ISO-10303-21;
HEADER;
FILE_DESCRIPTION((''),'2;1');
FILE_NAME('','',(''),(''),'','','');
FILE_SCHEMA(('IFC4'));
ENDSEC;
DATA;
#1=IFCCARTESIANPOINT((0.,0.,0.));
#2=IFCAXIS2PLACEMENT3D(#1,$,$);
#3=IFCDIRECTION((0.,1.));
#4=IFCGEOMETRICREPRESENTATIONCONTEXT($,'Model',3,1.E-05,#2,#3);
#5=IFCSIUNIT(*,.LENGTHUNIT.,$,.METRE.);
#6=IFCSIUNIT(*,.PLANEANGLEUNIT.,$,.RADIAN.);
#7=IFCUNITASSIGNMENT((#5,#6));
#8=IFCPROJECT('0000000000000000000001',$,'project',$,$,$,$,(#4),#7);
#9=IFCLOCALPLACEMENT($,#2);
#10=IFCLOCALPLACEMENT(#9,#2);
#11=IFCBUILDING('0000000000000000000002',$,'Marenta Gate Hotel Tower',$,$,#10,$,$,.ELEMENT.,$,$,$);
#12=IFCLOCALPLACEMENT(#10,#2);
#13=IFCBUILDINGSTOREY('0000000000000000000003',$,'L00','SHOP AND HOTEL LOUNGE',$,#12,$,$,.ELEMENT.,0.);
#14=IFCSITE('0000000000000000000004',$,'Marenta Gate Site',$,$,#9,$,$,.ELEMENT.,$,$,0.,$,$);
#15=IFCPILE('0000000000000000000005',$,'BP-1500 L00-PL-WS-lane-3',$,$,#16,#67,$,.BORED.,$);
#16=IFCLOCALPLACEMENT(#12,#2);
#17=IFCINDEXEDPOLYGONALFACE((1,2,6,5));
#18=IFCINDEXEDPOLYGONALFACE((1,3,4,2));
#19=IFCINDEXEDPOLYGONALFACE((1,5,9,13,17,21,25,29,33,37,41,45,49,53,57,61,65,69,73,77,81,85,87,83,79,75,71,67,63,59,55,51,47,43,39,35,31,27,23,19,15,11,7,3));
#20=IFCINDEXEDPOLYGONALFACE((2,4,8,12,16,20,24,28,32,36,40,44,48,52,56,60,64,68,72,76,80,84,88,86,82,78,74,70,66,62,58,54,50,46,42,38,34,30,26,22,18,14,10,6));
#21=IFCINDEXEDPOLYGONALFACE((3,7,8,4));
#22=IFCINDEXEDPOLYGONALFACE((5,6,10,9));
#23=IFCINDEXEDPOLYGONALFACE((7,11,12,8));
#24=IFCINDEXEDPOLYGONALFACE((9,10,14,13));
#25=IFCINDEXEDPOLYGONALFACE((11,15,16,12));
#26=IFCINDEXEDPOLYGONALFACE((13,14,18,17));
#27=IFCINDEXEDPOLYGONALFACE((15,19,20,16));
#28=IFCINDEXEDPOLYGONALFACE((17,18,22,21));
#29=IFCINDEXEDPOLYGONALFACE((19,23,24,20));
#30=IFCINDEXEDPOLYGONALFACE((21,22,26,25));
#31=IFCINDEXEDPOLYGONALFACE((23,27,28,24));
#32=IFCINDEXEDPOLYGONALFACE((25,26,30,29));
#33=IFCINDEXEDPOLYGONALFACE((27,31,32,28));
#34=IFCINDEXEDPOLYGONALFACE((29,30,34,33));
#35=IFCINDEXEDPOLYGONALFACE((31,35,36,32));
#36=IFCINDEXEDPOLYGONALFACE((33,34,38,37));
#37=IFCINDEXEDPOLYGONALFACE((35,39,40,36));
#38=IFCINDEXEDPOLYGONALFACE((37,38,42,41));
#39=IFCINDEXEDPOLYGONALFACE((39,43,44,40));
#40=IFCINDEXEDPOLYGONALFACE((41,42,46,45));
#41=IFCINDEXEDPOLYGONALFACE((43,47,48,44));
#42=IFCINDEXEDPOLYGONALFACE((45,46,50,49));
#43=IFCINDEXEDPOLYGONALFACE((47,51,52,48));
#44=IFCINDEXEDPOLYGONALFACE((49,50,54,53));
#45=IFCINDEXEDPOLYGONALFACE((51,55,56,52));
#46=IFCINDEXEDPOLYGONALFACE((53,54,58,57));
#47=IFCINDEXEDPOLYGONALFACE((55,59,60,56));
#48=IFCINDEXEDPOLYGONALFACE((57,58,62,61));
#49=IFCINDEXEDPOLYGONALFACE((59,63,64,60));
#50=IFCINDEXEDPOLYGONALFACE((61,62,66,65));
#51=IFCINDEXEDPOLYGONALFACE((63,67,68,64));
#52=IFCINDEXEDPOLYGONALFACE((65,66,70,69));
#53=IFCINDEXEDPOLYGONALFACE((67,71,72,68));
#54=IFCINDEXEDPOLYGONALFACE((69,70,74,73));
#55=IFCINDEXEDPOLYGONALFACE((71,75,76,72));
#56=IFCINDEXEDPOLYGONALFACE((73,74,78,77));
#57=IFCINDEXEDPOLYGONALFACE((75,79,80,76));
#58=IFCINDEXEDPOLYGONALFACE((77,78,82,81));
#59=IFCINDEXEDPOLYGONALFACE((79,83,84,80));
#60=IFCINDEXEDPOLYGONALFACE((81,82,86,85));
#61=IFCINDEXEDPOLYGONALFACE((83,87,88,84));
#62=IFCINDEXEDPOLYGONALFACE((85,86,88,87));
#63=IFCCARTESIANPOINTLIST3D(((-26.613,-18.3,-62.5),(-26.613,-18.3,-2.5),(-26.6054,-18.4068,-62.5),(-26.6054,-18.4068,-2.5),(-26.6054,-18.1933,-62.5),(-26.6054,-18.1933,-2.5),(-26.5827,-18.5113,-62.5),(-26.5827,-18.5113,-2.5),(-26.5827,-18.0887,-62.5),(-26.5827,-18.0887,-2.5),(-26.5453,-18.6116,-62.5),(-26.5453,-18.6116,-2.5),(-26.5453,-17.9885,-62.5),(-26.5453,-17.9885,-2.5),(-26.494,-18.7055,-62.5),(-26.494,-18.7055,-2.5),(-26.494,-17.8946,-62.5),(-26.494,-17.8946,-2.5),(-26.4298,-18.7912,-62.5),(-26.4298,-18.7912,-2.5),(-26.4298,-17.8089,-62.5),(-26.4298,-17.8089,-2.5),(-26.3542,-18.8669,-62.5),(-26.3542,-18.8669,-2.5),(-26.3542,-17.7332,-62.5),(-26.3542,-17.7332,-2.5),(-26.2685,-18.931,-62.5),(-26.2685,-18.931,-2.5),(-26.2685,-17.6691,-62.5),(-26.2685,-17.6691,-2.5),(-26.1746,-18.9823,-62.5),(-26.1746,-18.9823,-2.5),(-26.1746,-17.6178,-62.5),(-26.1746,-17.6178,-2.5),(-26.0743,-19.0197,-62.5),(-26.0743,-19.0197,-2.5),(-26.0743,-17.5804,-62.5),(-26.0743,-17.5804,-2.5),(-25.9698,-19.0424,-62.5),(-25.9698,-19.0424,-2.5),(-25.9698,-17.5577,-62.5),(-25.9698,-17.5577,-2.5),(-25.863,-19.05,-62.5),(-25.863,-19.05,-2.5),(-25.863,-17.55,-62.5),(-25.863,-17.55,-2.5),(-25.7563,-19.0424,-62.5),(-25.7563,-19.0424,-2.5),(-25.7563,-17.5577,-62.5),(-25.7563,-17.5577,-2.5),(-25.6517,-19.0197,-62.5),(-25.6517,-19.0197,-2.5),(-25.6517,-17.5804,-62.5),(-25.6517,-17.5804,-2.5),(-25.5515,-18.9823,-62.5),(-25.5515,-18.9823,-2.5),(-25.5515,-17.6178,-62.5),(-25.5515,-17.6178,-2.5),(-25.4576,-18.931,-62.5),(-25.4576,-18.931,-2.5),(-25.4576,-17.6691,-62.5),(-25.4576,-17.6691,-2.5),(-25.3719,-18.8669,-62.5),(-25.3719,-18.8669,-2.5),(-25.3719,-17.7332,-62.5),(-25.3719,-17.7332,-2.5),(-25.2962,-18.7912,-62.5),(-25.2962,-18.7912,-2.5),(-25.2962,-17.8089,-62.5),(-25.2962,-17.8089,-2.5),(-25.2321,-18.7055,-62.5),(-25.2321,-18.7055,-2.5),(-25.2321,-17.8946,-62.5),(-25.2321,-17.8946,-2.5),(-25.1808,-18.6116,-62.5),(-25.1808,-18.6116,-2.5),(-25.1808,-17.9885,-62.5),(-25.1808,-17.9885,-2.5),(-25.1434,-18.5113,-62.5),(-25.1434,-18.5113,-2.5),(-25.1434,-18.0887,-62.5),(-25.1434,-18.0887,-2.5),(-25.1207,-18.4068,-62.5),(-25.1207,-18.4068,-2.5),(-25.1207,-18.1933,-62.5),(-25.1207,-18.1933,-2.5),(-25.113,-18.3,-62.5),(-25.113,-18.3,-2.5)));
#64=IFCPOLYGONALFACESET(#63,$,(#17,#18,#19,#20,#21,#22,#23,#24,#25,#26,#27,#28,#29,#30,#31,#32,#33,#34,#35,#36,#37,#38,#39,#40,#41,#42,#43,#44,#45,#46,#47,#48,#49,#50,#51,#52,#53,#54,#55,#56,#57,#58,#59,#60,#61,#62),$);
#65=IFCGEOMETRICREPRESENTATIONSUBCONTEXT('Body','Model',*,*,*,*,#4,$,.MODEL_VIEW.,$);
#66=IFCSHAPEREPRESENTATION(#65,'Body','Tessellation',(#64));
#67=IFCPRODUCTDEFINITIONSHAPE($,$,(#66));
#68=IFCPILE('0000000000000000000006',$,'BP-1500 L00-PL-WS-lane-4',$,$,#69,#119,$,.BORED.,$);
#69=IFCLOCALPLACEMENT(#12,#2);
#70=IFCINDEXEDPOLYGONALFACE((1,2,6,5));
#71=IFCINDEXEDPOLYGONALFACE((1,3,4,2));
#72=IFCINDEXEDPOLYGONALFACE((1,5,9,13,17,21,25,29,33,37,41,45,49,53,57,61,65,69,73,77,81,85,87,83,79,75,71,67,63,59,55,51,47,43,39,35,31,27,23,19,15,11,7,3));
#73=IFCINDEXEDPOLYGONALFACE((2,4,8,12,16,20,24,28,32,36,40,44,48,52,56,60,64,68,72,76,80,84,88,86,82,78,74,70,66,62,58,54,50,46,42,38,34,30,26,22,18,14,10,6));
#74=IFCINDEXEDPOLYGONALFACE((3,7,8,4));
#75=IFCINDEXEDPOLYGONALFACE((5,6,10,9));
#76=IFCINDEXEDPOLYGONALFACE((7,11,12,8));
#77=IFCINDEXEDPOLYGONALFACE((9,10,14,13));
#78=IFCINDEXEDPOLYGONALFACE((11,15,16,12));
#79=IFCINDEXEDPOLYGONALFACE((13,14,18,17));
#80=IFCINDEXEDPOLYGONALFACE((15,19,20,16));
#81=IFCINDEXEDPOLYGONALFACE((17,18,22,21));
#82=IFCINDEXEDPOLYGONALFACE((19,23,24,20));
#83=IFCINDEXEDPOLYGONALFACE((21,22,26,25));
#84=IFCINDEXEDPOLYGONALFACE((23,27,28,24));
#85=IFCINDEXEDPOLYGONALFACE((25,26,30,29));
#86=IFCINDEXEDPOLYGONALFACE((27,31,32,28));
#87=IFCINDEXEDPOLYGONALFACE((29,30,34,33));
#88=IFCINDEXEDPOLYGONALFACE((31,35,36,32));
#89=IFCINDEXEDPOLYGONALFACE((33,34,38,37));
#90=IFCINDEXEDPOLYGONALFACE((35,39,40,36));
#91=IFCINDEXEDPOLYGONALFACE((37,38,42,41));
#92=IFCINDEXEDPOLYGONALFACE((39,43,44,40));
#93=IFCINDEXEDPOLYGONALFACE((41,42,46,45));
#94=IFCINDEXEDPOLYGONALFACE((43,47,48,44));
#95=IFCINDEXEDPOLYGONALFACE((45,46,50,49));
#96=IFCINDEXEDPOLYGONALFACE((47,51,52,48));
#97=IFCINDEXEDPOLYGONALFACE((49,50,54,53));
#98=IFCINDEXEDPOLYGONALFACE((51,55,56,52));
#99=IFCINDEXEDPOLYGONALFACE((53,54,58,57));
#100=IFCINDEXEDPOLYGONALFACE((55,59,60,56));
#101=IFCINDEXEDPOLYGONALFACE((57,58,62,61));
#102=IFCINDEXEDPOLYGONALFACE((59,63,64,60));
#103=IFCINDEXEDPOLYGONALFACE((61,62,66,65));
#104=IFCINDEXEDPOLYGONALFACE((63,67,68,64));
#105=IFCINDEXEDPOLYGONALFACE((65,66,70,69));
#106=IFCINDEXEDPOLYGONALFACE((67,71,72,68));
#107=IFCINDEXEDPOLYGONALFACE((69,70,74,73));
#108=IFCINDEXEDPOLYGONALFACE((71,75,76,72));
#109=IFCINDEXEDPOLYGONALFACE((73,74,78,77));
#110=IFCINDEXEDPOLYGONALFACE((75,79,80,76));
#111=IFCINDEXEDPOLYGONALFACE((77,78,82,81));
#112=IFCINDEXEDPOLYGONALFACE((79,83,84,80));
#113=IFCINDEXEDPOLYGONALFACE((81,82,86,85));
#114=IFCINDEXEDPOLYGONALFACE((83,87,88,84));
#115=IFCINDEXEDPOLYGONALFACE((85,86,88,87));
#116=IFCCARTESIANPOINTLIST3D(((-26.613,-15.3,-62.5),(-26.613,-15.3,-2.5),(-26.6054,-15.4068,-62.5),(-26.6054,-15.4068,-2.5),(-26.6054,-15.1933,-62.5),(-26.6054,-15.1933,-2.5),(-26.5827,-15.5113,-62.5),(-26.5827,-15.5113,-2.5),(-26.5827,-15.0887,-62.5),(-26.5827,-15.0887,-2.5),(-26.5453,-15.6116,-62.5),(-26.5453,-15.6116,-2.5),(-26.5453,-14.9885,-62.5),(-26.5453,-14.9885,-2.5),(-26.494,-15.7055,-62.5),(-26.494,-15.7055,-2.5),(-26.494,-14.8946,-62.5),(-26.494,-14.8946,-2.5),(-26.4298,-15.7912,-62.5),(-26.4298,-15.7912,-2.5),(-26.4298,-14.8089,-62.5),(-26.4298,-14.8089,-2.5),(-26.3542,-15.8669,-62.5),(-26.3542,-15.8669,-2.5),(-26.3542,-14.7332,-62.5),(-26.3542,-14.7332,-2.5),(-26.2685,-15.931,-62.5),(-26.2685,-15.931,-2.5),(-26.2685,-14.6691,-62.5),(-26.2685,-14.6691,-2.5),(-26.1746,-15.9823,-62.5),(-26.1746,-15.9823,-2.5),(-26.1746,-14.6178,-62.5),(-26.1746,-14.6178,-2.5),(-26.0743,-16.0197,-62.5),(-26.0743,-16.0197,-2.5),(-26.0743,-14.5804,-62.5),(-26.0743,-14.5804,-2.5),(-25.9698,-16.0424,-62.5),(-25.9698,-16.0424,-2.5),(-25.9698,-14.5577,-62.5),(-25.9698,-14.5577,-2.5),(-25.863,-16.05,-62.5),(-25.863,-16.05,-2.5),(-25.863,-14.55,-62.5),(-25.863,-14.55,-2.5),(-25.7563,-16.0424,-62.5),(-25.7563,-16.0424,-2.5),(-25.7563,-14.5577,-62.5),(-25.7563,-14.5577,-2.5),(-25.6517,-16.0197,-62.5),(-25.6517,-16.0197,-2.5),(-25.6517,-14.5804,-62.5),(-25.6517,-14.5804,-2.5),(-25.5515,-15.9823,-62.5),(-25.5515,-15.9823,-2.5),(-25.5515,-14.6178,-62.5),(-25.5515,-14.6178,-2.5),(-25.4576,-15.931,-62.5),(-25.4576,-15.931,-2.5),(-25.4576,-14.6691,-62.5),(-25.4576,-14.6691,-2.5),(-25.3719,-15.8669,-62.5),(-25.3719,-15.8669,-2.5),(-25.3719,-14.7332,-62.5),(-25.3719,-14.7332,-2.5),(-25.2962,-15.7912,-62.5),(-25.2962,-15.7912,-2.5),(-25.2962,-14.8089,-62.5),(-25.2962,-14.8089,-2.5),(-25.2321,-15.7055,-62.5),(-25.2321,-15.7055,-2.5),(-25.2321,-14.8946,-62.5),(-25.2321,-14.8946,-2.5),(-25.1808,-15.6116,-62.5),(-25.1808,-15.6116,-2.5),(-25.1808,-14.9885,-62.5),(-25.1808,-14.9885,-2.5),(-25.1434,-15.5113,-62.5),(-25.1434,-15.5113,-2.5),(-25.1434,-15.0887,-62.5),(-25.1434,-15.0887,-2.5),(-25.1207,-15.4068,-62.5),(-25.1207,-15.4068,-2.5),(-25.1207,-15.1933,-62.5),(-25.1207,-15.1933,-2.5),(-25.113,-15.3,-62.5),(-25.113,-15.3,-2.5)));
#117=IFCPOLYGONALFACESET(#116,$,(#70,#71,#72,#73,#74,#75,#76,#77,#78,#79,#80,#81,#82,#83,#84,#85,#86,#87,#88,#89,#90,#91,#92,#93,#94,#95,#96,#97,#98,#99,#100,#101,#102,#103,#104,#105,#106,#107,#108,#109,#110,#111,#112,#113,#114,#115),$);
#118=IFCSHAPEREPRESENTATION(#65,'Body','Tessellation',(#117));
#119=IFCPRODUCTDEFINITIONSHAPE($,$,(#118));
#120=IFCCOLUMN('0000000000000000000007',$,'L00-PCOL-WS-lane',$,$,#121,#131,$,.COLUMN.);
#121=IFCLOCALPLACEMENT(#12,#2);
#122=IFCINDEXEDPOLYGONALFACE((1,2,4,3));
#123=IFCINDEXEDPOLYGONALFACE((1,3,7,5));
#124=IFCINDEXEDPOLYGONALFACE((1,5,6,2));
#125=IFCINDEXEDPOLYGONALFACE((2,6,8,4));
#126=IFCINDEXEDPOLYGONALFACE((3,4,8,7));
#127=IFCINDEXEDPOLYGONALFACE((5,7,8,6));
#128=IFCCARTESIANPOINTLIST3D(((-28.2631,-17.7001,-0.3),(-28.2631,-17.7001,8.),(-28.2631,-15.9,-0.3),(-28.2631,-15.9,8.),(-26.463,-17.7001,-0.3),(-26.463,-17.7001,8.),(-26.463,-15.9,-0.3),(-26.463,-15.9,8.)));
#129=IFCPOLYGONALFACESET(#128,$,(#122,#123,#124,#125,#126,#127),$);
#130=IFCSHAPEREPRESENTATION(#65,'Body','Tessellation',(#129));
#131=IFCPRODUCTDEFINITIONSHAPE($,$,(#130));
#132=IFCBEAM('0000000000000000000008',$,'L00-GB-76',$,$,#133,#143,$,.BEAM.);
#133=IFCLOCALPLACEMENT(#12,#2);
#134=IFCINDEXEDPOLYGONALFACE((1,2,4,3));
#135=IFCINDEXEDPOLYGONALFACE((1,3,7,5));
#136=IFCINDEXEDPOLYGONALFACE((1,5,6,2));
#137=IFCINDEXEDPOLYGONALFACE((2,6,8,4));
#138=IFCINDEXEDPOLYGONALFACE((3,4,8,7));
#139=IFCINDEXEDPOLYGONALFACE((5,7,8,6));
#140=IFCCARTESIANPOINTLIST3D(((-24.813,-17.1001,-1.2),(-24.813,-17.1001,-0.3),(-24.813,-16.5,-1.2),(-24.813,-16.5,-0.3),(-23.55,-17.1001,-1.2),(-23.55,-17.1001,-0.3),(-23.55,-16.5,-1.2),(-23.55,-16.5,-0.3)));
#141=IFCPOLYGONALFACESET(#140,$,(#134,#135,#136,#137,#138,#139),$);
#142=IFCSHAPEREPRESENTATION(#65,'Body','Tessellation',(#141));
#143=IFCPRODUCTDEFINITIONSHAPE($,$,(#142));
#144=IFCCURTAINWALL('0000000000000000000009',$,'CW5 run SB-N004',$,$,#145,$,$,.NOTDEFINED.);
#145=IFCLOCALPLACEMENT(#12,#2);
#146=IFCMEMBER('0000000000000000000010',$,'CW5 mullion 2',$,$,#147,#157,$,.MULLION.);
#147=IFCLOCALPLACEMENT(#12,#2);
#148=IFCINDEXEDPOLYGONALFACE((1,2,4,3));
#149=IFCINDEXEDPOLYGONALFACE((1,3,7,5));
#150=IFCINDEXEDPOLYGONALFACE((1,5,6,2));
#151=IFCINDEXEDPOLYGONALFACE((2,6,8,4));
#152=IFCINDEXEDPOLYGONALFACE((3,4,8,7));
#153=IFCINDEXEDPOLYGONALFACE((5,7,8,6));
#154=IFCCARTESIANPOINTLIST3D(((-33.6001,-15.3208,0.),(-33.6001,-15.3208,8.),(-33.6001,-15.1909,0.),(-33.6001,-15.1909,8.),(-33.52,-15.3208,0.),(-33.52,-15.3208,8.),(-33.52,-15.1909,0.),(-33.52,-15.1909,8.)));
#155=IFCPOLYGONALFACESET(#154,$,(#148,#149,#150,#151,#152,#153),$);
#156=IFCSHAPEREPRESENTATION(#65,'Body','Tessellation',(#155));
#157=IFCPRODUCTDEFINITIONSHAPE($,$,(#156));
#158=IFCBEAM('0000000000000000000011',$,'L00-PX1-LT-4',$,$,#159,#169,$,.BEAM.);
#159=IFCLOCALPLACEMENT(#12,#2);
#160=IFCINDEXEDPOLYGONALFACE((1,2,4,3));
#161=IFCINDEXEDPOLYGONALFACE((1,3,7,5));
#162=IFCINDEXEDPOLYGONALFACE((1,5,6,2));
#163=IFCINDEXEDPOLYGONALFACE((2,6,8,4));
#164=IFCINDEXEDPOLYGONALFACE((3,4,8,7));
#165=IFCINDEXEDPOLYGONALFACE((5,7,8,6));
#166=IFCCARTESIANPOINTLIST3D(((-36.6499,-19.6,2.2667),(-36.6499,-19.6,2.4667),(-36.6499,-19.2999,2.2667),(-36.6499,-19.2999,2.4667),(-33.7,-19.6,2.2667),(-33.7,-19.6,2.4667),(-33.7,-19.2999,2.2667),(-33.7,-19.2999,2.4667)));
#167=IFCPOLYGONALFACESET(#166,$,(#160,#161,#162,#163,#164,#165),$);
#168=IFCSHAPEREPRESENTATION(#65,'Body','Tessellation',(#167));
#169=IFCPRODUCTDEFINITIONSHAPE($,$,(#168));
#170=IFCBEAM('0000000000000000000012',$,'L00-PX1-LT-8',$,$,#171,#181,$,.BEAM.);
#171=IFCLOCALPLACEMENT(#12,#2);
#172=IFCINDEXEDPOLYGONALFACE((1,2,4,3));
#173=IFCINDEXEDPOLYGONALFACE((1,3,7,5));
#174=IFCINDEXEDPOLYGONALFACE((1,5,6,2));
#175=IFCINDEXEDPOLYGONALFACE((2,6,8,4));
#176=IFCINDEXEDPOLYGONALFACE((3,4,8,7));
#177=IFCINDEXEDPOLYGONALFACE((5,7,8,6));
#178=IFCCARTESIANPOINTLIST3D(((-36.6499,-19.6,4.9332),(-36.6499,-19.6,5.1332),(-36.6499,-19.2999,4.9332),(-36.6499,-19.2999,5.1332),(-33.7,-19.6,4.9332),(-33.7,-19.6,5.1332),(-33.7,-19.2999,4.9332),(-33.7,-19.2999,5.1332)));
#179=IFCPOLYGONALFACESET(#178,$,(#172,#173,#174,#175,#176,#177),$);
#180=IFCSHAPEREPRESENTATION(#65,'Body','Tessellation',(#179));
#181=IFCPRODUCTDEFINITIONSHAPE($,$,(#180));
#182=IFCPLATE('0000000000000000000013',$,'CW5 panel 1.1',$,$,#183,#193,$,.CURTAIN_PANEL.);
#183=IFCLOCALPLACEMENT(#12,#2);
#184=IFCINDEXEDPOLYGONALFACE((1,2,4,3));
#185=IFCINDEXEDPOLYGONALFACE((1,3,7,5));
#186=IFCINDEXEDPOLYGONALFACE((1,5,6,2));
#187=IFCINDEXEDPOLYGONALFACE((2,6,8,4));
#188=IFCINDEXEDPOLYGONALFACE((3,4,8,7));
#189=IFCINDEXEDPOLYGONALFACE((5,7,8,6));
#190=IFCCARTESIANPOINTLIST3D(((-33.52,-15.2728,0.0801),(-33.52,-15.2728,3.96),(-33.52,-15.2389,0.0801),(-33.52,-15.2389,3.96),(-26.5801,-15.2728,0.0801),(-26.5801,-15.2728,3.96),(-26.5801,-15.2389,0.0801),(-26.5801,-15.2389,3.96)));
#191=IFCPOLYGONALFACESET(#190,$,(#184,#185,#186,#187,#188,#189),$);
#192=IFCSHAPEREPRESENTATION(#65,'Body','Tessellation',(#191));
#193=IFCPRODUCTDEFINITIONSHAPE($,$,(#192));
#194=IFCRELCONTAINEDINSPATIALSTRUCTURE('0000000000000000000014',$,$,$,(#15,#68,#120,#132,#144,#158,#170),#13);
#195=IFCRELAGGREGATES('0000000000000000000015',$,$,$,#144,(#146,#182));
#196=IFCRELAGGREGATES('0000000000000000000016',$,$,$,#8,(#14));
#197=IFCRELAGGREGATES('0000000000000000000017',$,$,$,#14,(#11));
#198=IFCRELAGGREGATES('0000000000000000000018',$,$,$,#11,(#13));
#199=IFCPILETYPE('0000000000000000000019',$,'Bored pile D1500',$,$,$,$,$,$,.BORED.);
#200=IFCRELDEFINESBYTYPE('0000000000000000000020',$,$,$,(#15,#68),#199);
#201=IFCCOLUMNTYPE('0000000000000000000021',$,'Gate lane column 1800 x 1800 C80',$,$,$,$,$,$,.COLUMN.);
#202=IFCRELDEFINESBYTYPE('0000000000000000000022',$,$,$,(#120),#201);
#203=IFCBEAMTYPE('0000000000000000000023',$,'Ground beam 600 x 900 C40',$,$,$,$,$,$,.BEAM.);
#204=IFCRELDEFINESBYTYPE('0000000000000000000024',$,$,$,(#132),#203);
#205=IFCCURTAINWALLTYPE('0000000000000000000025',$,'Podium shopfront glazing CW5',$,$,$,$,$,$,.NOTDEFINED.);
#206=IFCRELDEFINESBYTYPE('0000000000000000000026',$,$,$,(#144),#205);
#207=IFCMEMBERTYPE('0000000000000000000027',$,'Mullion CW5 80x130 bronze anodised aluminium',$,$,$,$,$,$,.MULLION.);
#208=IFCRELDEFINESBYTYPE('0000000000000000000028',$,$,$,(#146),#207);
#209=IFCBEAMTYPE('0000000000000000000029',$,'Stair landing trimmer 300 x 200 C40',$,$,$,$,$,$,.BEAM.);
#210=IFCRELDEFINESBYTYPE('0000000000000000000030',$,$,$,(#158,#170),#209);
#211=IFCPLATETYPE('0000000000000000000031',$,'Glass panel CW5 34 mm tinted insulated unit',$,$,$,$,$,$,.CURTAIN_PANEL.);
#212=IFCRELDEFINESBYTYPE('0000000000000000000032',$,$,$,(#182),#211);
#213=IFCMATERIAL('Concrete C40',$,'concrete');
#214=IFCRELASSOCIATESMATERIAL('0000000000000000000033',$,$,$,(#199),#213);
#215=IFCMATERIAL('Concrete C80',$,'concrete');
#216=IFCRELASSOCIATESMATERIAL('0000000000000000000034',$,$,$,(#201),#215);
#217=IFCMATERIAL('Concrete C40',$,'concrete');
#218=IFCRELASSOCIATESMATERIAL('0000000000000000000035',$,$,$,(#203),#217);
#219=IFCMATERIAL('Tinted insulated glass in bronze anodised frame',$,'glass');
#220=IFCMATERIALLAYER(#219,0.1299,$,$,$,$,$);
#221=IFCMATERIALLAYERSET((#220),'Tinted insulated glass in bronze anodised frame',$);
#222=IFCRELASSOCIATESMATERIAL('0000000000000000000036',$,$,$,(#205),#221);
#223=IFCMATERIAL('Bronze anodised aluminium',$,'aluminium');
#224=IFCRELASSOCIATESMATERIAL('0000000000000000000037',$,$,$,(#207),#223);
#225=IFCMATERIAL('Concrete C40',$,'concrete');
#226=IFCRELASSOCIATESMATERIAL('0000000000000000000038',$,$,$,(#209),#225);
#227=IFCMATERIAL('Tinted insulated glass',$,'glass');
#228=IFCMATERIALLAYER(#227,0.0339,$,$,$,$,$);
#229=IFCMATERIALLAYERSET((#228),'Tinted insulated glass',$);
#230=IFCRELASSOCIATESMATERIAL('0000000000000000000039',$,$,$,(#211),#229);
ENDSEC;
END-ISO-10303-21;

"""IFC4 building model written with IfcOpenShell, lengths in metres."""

from ifc_helpers import new_model, si_unit, direction, frame, origin, origin_2d, place, context, subcontext, project, spatial, rectangle, circle, extrude, material, layer, layer_set, material_profile, profile_set, type_object, element, aggregate, save


model = new_model("IFC4")

# Units and contexts
model_context = context("Model", 3, precision=1e-05, world=origin(), true_north=direction((0.0, 1.0)))
body_context = subcontext(model_context, "Body", "Model", "MODEL_VIEW")
ifc_project = project(units=[si_unit("LENGTHUNIT", "METRE"), si_unit("PLANEANGLEUNIT", "RADIAN")], contexts=[model_context])

# Site, building, storey
site_placement = place(None, origin())
site = spatial("IfcSite", under=ifc_project, at=site_placement, Name="Marenta Gate Site", CompositionType="ELEMENT", RefElevation=0.0)
building_placement = place(site_placement, origin())
building = spatial("IfcBuilding", under=site, at=building_placement, Name="Marenta Gate Hotel Tower", CompositionType="ELEMENT")
storey_placement = place(building_placement, origin())
storey = spatial("IfcBuildingStorey", under=building, at=storey_placement, Name="L00", Description="SHOP AND HOTEL LOUNGE", CompositionType="ELEMENT", Elevation=0.0)

# Piles
ifc_material_1 = material(Name="Concrete C40", Category="concrete")
pile_type = type_object("IfcPileType", Name="Bored pile D1500", PredefinedType="BORED", material=ifc_material_1)
for number, where, z_axis, x_axis, name in (
    (1, (-25.863, -18.3, -2.5), (0.0, 0.0, -1.0), (1.0, 0.0, 0.0), "BP-1500 L00-PL-WS-lane-3"),
    (2, (-25.863, -15.3, -2.5), (0.0, 0.0, -1.0), (1.0, 0.0, 0.0), "BP-1500 L00-PL-WS-lane-4"),
):
    element("IfcPile", number, at=place(storey_placement, frame(where, z_axis=z_axis, x_axis=x_axis)), inside=storey, type_object=pile_type, Name=name, PredefinedType="BORED", context=body_context, shape_type="SweptSolid", body=[
        extrude(circle(Radius=0.75, at=origin_2d()), origin(), (0.0, 0.0, 1.0), 60.0),
    ])

# Column
ifc_material_2 = material(Name="Concrete C80", Category="concrete")
ifc_material_profile_1 = material_profile(ifc_material_2, rectangle(XDim=1.8, YDim=1.8, at=origin_2d()), Name="1800 x 1800")
ifc_profile_set_1 = profile_set([ifc_material_profile_1], Name="Concrete C80")
column_type = type_object("IfcColumnType", Name="Gate lane column 1800 x 1800 C80", PredefinedType="COLUMN", material=ifc_profile_set_1)
column_placement = place(storey_placement, frame((-27.363, -16.8, -0.3), z_axis=(0.0, 0.0, 1.0), x_axis=(1.0, 0.0, 0.0)))
element("IfcColumn", 3, at=column_placement, inside=storey, type_object=column_type, Name="L00-PCOL-WS-lane", PredefinedType="COLUMN", context=body_context, shape_type="SweptSolid", body=[
    extrude(rectangle(XDim=1.8, YDim=1.8, at=origin_2d()), origin(), (0.0, 0.0, 1.0), 8.3),
])

# Beam
ifc_material_3 = material(Name="Concrete C40", Category="concrete")
ifc_material_profile_2 = material_profile(ifc_material_3, rectangle(XDim=0.6001, YDim=0.8999, at=origin_2d()), Name="600 x 900")
ifc_profile_set_2 = profile_set([ifc_material_profile_2], Name="Concrete C40")
beam_type_1 = type_object("IfcBeamType", Name="Ground beam 600 x 900 C40", PredefinedType="BEAM", material=ifc_profile_set_2)
beam_placement = place(storey_placement, frame((-24.813, -16.8, -0.75), z_axis=(1.0, 0.0, 0.0), x_axis=(0.0, 1.0, 0.0)))
element("IfcBeam", 4, at=beam_placement, inside=storey, type_object=beam_type_1, Name="L00-GB-76", PredefinedType="BEAM", context=body_context, shape_type="SweptSolid", body=[
    extrude(rectangle(XDim=0.6001, YDim=0.8999, at=origin_2d()), origin(), (0.0, 0.0, 1.0), 1.2629),
])

# Curtain wall, member
ifc_material_4 = material(Name="Tinted insulated glass in bronze anodised frame", Category="glass")
ifc_layer_1 = layer(ifc_material_4, 0.1299)
ifc_layer_set_1 = layer_set([ifc_layer_1], Name="Tinted insulated glass in bronze anodised frame")
curtain_wall_type = type_object("IfcCurtainWallType", Name="Podium shopfront glazing CW5", PredefinedType="NOTDEFINED", material=ifc_layer_set_1)
curtain_wall_placement = place(storey_placement, origin())
curtain_wall = element("IfcCurtainWall", 5, at=curtain_wall_placement, inside=storey, type_object=curtain_wall_type, Name="CW5 run SB-N004", PredefinedType="NOTDEFINED")
ifc_material_5 = material(Name="Bronze anodised aluminium", Category="aluminium")
ifc_material_profile_3 = material_profile(ifc_material_5, rectangle(XDim=0.1299, YDim=0.0801, at=origin_2d()), Name="Mullion CW5 80x130 bronze anodised aluminium")
ifc_profile_set_3 = profile_set([ifc_material_profile_3], Name="Bronze anodised aluminium")
member_type = type_object("IfcMemberType", Name="Mullion CW5 80x130 bronze anodised aluminium", PredefinedType="MULLION", material=ifc_profile_set_3)
member_placement = place(storey_placement, frame((-33.5601, -15.2559, 0.0), z_axis=(0.0, 0.0, 1.0), x_axis=(0.0, -1.0, 0.0)))
member = element("IfcMember", 6, at=member_placement, type_object=member_type, Name="CW5 mullion 2", PredefinedType="MULLION", context=body_context, shape_type="SweptSolid", body=[
    extrude(rectangle(XDim=0.1299, YDim=0.0801, at=origin_2d()), origin(), (0.0, 0.0, 1.0), 8.0),
])

# Beams
ifc_material_6 = material(Name="Concrete C40", Category="concrete")
ifc_material_profile_4 = material_profile(ifc_material_6, rectangle(XDim=0.3, YDim=0.2, at=origin_2d()), Name="300 x 200")
ifc_profile_set_4 = profile_set([ifc_material_profile_4], Name="Concrete C40")
beam_type_2 = type_object("IfcBeamType", Name="Stair landing trimmer 300 x 200 C40", PredefinedType="BEAM", material=ifc_profile_set_4)
for number, where, z_axis, x_axis, name in (
    (7, (-36.6499, -19.45, 2.3667), (1.0, 0.0, 0.0), (0.0, 1.0, 0.0), "L00-PX1-LT-4"),
    (8, (-36.6499, -19.45, 5.0332), (1.0, 0.0, 0.0), (0.0, 1.0, 0.0), "L00-PX1-LT-8"),
):
    element("IfcBeam", number, at=place(storey_placement, frame(where, z_axis=z_axis, x_axis=x_axis)), inside=storey, type_object=beam_type_2, Name=name, PredefinedType="BEAM", context=body_context, shape_type="SweptSolid", body=[
        extrude(rectangle(XDim=0.3, YDim=0.2, at=origin_2d()), origin(), (0.0, 0.0, 1.0), 2.95),
    ])

# Plate
ifc_material_7 = material(Name="Tinted insulated glass", Category="glass")
ifc_layer_2 = layer(ifc_material_7, 0.0339)
ifc_layer_set_2 = layer_set([ifc_layer_2], Name="Tinted insulated glass")
plate_type = type_object("IfcPlateType", Name="Glass panel CW5 34 mm tinted insulated unit", PredefinedType="CURTAIN_PANEL", material=ifc_layer_set_2)
plate_placement = place(storey_placement, frame((-30.05, -15.2559, 0.0801), z_axis=(0.0, 0.0, 1.0), x_axis=(-1.0, 0.0, 0.0)))
plate = element("IfcPlate", 9, at=plate_placement, type_object=plate_type, Name="CW5 panel 1.1", PredefinedType="CURTAIN_PANEL", context=body_context, shape_type="SweptSolid", body=[
    extrude(rectangle(XDim=6.9399, YDim=0.0339, at=origin_2d()), origin(), (0.0, 0.0, 1.0), 3.8799),
])
aggregate(curtain_wall, [member, plate])

save(model, "model.ifc")
